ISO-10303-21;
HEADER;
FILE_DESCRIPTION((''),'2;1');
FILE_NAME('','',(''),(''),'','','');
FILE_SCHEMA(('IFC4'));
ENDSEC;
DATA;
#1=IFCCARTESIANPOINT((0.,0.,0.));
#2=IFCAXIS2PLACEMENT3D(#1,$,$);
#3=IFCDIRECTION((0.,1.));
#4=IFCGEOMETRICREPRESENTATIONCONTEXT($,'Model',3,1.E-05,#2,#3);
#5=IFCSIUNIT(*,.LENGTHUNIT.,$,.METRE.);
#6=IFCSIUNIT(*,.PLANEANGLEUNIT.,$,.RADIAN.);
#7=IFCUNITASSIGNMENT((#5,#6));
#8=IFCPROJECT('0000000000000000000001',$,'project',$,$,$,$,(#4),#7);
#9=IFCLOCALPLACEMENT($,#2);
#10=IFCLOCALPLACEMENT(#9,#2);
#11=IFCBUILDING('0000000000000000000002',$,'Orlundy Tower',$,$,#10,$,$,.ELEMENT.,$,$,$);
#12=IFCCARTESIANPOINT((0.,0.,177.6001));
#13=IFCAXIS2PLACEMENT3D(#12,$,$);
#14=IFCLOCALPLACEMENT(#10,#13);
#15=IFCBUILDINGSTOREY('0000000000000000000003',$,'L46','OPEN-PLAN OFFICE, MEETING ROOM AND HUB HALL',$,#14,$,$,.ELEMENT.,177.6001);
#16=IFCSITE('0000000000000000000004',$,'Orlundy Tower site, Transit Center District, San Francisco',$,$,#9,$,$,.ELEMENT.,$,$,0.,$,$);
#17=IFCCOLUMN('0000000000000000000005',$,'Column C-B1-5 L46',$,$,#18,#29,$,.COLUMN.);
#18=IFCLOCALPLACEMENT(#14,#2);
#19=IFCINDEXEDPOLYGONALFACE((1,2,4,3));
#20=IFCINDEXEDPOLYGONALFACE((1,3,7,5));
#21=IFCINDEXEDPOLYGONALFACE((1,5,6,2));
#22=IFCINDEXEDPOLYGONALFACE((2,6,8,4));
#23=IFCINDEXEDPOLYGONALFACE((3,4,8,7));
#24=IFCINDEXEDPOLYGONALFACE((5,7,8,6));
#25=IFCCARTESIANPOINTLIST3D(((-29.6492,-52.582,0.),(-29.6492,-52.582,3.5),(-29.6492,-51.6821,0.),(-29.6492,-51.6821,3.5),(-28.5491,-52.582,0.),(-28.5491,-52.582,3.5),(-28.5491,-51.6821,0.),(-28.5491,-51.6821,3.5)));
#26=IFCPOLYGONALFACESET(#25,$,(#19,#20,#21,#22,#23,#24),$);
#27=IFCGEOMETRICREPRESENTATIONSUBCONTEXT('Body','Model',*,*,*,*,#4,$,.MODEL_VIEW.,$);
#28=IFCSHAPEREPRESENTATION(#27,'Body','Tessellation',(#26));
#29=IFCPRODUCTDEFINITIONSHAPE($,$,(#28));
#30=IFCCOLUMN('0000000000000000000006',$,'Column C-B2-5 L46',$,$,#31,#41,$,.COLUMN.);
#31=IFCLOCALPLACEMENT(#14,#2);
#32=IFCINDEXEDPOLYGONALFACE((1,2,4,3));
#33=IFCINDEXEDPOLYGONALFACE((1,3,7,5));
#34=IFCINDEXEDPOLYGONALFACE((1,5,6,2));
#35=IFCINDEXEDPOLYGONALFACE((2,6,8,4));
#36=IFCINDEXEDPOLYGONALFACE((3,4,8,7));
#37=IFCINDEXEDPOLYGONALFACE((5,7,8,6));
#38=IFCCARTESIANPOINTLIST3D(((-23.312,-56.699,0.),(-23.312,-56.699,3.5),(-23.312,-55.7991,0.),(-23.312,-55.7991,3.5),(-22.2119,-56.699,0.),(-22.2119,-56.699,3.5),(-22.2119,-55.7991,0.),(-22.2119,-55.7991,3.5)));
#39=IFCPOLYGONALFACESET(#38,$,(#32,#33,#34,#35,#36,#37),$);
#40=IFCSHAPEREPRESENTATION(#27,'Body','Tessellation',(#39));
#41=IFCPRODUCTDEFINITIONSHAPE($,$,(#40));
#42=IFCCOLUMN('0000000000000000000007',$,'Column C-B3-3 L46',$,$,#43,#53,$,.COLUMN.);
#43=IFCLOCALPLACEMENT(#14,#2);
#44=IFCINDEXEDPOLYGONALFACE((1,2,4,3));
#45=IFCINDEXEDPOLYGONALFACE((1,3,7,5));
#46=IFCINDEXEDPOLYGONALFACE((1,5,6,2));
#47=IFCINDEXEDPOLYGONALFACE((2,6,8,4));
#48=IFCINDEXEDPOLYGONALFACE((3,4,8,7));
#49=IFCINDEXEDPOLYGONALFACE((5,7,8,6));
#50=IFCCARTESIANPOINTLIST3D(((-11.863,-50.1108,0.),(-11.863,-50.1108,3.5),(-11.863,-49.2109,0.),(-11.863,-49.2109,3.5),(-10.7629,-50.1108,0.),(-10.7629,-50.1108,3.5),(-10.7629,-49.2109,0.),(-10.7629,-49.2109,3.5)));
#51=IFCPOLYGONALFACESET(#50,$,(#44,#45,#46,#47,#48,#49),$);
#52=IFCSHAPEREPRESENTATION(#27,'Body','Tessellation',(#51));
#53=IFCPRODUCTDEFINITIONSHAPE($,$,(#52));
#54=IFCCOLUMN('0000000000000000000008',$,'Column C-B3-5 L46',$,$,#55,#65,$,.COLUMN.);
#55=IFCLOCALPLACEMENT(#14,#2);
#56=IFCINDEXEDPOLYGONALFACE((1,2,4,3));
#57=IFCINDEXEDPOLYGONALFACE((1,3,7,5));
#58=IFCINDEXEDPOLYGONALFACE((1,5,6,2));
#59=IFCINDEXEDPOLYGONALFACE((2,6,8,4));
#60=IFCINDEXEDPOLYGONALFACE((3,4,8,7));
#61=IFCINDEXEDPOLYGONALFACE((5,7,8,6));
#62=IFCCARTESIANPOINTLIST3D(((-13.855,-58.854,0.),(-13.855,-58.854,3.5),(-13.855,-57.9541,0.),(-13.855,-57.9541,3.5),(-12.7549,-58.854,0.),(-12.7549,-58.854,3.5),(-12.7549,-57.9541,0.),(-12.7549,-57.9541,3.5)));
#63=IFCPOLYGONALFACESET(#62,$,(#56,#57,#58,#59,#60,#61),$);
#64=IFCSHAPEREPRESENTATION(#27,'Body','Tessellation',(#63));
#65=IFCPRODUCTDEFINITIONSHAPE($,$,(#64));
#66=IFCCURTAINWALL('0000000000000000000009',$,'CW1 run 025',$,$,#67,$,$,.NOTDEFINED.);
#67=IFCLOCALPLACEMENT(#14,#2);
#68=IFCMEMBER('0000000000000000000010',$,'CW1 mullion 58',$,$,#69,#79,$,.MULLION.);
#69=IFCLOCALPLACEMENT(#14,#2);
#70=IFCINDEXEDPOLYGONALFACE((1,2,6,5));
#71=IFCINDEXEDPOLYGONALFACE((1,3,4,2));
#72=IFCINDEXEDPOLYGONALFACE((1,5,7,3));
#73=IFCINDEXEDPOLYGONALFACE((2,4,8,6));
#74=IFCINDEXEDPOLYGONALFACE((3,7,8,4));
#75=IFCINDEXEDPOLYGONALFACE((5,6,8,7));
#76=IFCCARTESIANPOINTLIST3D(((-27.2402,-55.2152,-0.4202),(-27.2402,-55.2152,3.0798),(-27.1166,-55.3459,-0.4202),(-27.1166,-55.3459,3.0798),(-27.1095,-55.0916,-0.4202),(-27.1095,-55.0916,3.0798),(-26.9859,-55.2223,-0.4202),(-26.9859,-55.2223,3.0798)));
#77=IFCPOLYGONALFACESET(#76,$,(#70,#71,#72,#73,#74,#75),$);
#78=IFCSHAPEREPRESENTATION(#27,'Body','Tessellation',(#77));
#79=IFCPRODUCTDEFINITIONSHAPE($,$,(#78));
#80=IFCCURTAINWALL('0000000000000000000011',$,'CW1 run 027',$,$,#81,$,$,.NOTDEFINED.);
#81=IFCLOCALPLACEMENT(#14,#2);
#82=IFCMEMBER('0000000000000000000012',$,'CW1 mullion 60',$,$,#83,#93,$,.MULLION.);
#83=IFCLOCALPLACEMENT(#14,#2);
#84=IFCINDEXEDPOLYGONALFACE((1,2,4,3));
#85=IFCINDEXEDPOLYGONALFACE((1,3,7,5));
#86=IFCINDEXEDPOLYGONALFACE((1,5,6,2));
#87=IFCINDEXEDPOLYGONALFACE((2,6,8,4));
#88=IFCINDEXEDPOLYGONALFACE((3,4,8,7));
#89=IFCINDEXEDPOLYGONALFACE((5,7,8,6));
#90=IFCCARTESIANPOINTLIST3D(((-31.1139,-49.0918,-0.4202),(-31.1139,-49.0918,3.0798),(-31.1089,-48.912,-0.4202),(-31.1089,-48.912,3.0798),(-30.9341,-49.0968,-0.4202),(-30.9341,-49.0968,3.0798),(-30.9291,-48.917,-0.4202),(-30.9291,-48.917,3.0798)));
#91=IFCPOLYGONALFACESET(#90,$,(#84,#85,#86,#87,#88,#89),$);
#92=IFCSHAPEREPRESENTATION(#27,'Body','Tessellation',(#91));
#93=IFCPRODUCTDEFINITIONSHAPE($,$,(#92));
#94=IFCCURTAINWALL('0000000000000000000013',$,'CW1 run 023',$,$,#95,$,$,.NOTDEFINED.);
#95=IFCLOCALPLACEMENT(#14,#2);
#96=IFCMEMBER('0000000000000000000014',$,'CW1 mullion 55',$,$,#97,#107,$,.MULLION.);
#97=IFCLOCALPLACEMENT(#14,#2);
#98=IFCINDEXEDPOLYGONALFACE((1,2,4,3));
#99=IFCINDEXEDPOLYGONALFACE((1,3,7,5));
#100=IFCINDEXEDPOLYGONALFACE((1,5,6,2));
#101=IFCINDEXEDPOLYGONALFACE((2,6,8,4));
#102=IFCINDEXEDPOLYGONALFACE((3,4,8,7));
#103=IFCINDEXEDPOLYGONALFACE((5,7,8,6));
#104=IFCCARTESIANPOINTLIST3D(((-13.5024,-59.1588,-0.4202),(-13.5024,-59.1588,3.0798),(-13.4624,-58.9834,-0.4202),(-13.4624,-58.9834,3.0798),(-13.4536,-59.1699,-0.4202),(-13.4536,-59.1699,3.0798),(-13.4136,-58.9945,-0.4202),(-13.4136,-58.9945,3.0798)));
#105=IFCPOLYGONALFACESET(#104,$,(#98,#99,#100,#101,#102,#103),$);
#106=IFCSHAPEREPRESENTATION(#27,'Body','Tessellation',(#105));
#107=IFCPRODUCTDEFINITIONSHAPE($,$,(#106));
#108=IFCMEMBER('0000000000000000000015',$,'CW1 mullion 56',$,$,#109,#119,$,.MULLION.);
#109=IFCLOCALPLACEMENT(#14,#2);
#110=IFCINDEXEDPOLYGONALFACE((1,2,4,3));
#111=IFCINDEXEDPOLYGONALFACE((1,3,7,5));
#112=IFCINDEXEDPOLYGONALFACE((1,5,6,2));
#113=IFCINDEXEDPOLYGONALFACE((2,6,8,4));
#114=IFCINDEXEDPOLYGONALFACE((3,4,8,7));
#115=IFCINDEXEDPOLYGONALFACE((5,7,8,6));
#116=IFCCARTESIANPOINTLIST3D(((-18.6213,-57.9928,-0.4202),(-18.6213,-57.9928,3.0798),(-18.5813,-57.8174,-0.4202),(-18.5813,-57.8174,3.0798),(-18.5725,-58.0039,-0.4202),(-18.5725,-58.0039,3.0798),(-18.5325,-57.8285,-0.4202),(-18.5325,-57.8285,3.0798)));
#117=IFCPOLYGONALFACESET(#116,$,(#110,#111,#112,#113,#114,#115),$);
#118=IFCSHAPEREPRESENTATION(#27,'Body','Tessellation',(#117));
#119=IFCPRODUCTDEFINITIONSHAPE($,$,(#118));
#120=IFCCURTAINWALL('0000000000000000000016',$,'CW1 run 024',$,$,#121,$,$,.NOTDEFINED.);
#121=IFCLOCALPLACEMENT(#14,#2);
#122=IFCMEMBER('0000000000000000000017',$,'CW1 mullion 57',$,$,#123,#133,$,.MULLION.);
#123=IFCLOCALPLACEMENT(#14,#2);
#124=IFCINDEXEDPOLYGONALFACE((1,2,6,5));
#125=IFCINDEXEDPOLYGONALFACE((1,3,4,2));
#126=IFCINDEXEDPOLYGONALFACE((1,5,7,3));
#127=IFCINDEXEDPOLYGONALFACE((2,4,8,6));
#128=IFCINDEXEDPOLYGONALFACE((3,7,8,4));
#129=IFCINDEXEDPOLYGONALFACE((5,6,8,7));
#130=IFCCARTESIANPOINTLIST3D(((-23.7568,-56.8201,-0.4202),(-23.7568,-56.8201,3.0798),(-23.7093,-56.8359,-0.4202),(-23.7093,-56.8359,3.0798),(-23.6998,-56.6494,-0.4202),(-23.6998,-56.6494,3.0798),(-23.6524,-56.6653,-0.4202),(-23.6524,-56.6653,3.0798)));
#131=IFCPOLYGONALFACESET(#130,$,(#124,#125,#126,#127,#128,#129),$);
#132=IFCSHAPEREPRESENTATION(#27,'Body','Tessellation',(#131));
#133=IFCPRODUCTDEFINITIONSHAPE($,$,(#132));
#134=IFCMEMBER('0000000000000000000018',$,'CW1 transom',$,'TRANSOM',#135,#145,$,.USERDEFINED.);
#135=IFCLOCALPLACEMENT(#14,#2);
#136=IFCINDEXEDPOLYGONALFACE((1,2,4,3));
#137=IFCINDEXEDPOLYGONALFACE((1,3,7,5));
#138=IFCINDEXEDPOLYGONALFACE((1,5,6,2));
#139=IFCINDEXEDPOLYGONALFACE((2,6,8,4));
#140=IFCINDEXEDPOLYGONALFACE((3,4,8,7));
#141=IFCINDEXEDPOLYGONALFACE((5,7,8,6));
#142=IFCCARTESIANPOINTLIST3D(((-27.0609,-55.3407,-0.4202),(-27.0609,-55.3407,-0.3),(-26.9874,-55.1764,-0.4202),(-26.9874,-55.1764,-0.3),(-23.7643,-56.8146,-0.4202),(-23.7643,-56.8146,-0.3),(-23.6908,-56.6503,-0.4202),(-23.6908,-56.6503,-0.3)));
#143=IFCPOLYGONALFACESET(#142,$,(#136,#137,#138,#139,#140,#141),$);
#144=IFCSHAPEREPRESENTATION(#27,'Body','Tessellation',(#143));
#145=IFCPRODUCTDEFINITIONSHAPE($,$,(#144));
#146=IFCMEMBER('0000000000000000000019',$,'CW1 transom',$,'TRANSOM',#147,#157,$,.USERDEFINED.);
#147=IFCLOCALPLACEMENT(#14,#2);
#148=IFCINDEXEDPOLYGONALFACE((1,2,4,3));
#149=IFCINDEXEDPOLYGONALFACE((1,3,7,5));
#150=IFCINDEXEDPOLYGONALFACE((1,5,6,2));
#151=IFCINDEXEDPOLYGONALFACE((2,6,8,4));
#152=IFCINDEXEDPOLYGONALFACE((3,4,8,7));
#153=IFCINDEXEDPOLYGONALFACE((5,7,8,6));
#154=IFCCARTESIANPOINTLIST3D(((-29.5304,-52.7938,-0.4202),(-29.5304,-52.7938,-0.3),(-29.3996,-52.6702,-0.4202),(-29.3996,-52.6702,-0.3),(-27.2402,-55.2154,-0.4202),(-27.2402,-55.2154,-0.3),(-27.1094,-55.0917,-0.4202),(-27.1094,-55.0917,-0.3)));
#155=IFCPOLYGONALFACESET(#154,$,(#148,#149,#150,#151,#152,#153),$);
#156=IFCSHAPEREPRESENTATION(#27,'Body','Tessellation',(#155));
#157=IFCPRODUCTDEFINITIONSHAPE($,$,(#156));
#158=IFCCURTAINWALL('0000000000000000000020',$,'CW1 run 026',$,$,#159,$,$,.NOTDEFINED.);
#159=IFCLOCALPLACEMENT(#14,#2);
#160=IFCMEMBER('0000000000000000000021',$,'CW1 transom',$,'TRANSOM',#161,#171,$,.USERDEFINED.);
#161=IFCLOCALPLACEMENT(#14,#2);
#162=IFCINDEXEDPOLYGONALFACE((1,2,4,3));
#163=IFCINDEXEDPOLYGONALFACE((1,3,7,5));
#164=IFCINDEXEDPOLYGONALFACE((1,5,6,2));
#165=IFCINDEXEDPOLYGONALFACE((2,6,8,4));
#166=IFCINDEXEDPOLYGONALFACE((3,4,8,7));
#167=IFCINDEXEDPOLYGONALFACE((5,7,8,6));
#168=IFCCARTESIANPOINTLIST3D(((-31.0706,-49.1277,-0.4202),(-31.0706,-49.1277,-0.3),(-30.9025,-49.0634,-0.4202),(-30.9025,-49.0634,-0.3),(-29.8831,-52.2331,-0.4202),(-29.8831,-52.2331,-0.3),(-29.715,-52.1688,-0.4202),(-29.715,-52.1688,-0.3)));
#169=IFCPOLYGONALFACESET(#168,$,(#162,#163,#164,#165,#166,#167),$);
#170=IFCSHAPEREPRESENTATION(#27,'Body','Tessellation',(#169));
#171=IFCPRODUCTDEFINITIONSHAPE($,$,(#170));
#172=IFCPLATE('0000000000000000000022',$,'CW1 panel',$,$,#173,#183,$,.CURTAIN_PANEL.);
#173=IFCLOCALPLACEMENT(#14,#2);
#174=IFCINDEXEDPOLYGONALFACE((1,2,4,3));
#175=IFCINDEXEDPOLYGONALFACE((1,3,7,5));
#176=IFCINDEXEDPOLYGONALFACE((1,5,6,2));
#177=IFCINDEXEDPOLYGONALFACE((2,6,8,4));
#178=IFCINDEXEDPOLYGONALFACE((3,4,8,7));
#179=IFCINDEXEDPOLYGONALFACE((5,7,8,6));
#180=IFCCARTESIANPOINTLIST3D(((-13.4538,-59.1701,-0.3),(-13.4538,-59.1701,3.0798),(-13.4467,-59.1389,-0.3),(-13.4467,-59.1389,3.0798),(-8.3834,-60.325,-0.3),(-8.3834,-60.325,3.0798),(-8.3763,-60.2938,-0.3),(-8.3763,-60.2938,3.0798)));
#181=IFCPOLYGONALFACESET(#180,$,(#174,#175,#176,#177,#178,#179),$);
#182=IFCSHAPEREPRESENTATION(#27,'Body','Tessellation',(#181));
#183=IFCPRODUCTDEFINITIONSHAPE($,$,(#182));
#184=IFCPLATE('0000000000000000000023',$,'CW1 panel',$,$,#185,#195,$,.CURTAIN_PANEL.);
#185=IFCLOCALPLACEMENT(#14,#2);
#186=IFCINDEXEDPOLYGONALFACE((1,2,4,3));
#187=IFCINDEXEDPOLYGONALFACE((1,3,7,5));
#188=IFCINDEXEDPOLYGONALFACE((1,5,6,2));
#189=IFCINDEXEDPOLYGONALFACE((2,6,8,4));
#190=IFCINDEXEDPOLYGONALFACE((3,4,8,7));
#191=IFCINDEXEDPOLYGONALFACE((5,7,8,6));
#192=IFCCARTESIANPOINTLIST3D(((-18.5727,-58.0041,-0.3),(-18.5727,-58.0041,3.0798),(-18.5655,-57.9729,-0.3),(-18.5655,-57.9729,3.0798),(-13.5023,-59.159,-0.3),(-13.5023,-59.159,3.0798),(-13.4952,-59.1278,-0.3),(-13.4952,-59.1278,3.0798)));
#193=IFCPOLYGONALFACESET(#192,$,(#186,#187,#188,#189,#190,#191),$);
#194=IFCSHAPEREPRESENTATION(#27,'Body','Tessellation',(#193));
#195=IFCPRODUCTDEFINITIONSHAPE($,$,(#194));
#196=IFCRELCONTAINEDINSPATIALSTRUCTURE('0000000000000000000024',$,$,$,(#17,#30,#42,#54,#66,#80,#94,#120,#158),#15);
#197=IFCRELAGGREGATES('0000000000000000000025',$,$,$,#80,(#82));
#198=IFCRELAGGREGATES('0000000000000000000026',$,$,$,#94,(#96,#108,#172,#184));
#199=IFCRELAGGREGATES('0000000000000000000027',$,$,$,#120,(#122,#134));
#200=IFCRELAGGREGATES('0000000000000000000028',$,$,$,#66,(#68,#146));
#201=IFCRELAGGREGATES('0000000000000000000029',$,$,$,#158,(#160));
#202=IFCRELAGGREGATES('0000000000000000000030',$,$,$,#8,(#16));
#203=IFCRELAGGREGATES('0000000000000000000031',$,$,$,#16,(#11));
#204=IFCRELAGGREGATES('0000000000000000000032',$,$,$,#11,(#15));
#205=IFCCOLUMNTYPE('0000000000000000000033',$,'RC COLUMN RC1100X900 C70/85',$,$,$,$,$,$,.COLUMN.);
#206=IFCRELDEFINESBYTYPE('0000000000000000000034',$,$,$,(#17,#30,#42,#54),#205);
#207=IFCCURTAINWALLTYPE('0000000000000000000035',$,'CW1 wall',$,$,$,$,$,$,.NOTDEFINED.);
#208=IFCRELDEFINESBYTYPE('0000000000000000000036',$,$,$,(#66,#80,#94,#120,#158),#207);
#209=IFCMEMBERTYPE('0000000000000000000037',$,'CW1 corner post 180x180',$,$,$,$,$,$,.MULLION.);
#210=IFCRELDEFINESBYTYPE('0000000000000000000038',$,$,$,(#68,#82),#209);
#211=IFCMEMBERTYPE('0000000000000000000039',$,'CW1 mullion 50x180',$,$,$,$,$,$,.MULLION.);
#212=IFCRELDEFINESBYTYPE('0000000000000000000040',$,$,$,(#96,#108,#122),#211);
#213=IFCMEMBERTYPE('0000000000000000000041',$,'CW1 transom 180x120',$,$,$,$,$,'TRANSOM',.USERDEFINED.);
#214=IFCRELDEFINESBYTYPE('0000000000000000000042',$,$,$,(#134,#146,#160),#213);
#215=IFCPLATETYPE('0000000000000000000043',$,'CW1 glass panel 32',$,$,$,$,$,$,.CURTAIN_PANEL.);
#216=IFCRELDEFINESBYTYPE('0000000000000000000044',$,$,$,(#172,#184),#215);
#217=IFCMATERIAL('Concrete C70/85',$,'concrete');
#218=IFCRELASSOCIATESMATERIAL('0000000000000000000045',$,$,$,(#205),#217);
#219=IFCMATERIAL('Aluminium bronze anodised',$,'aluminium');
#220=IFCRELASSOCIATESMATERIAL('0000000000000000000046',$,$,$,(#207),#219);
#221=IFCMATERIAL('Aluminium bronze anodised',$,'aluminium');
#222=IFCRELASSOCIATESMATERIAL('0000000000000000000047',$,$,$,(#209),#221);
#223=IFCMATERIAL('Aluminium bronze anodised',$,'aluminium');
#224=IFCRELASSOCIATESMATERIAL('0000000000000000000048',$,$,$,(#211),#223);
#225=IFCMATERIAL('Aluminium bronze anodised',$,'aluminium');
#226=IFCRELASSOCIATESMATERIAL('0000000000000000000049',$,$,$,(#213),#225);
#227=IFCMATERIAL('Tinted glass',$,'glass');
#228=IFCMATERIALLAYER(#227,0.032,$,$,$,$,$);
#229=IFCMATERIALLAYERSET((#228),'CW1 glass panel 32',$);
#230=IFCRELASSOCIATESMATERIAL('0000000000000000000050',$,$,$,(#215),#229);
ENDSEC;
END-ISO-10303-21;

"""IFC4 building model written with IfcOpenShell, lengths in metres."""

from ifc_helpers import new_model, si_unit, direction, frame, origin, origin_2d, place, context, subcontext, project, spatial, rectangle, extrude, material, layer, layer_set, material_profile, profile_set, type_object, element, aggregate, save


model = new_model("IFC4")

# Units and contexts
model_context = context("Model", 3, precision=1e-05, world=origin(), true_north=direction((0.0, 1.0)))
body_context = subcontext(model_context, "Body", "Model", "MODEL_VIEW")
ifc_project = project(units=[si_unit("LENGTHUNIT", "METRE"), si_unit("PLANEANGLEUNIT", "RADIAN")], contexts=[model_context])

# Site, building, storey
site_placement = place(None, origin())
site = spatial("IfcSite", under=ifc_project, at=site_placement, Name="Orlundy Tower site, Transit Center District, San Francisco", CompositionType="ELEMENT", RefElevation=0.0)
building_placement = place(site_placement, origin())
building = spatial("IfcBuilding", under=site, at=building_placement, Name="Orlundy Tower", CompositionType="ELEMENT")
storey_placement = place(building_placement, frame((0.0, 0.0, 177.6001)))
storey = spatial("IfcBuildingStorey", under=building, at=storey_placement, Name="L46", Description="OPEN-PLAN OFFICE, MEETING ROOM AND HUB HALL", CompositionType="ELEMENT", Elevation=177.6001)

# Columns
ifc_material_1 = material(Name="Concrete C70/85", Category="concrete")
ifc_material_profile_1 = material_profile(ifc_material_1, rectangle(XDim=1.1001, YDim=0.8999, at=origin_2d()), Name="RC1100X900")
ifc_profile_set_1 = profile_set([ifc_material_profile_1], Name="Concrete C70/85")
column_type = type_object("IfcColumnType", Name="RC COLUMN RC1100X900 C70/85", PredefinedType="COLUMN", material=ifc_profile_set_1)
for number, where, z_axis, x_axis, name in (
    (1, (-29.0991, -52.1321, 0.0), (0.0, 0.0, 1.0), (1.0, 0.0, 0.0), "Column C-B1-5 L46"),
    (2, (-22.762, -56.249, 0.0), (0.0, 0.0, 1.0), (1.0, 0.0, 0.0), "Column C-B2-5 L46"),
    (3, (-11.313, -49.6609, 0.0), (0.0, 0.0, 1.0), (1.0, 0.0, 0.0), "Column C-B3-3 L46"),
    (4, (-13.3049, -58.4041, 0.0), (0.0, 0.0, 1.0), (1.0, 0.0, 0.0), "Column C-B3-5 L46"),
):
    element("IfcColumn", number, at=place(storey_placement, frame(where, z_axis=z_axis, x_axis=x_axis)), inside=storey, type_object=column_type, Name=name, PredefinedType="COLUMN", context=body_context, shape_type="SweptSolid", body=[
        extrude(rectangle(XDim=1.1001, YDim=0.8999, at=origin_2d()), origin(), (0.0, 0.0, 1.0), 3.5),
    ])

# Curtain walls, members
ifc_material_2 = material(Name="Aluminium bronze anodised", Category="aluminium")
curtain_wall_type = type_object("IfcCurtainWallType", Name="CW1 wall", PredefinedType="NOTDEFINED", material=ifc_material_2)
curtain_wall_1_placement = place(storey_placement, origin())
curtain_wall_1 = element("IfcCurtainWall", 5, at=curtain_wall_1_placement, inside=storey, type_object=curtain_wall_type, Name="CW1 run 025", PredefinedType="NOTDEFINED")
ifc_material_3 = material(Name="Aluminium bronze anodised", Category="aluminium")
ifc_material_profile_2 = material_profile(ifc_material_3, rectangle(XDim=0.1799, YDim=0.1799, at=origin_2d()), Name="CW1 corner post 180x180")
ifc_profile_set_2 = profile_set([ifc_material_profile_2], Name="Aluminium bronze anodised")
member_type_1 = type_object("IfcMemberType", Name="CW1 corner post 180x180", PredefinedType="MULLION", material=ifc_profile_set_2)
member_1_placement = place(storey_placement, frame((-27.113, -55.2188, -0.4202), z_axis=(0.0, 0.0, 1.0), x_axis=(-0.726527, -0.687138, 0.0)))
member_1 = element("IfcMember", 6, at=member_1_placement, type_object=member_type_1, Name="CW1 mullion 58", PredefinedType="MULLION", context=body_context, shape_type="SweptSolid", body=[
    extrude(rectangle(XDim=0.1799, YDim=0.1799, at=origin_2d()), origin(), (0.0, 0.0, 1.0), 3.5),
])
curtain_wall_2_placement = place(storey_placement, origin())
curtain_wall_2 = element("IfcCurtainWall", 7, at=curtain_wall_2_placement, inside=storey, type_object=curtain_wall_type, Name="CW1 run 027", PredefinedType="NOTDEFINED")
member_2_placement = place(storey_placement, frame((-31.0215, -49.0044, -0.4202), z_axis=(0.0, 0.0, 1.0), x_axis=(-0.999614, 0.02779, 0.0)))
member_2 = element("IfcMember", 8, at=member_2_placement, type_object=member_type_1, Name="CW1 mullion 60", PredefinedType="MULLION", context=body_context, shape_type="SweptSolid", body=[
    extrude(rectangle(XDim=0.1799, YDim=0.1799, at=origin_2d()), origin(), (0.0, 0.0, 1.0), 3.5),
])
aggregate(curtain_wall_2, [member_2])

# Curtain walls, members
curtain_wall_3_placement = place(storey_placement, origin())
curtain_wall_3 = element("IfcCurtainWall", 9, at=curtain_wall_3_placement, inside=storey, type_object=curtain_wall_type, Name="CW1 run 023", PredefinedType="NOTDEFINED")
ifc_material_4 = material(Name="Aluminium bronze anodised", Category="aluminium")
ifc_material_profile_3 = material_profile(ifc_material_4, rectangle(XDim=0.1799, YDim=0.05, at=origin_2d()), Name="CW1 mullion 50x180")
ifc_profile_set_3 = profile_set([ifc_material_profile_3], Name="Aluminium bronze anodised")
member_type_2 = type_object("IfcMemberType", Name="CW1 mullion 50x180", PredefinedType="MULLION", material=ifc_profile_set_3)
member_3_placement = place(storey_placement, frame((-13.458, -59.0767, -0.4202), z_axis=(0.0, 0.0, 1.0), x_axis=(-0.22209, -0.975026, 0.0)))
member_3 = element("IfcMember", 10, at=member_3_placement, type_object=member_type_2, Name="CW1 mullion 55", PredefinedType="MULLION", context=body_context, shape_type="SweptSolid", body=[
    extrude(rectangle(XDim=0.1799, YDim=0.05, at=origin_2d()), origin(), (0.0, 0.0, 1.0), 3.5),
])
member_4_placement = place(storey_placement, frame((-18.5769, -57.9106, -0.4202), z_axis=(0.0, 0.0, 1.0), x_axis=(-0.22209, -0.975026, 0.0)))
member_4 = element("IfcMember", 11, at=member_4_placement, type_object=member_type_2, Name="CW1 mullion 56", PredefinedType="MULLION", context=body_context, shape_type="SweptSolid", body=[
    extrude(rectangle(XDim=0.1799, YDim=0.05, at=origin_2d()), origin(), (0.0, 0.0, 1.0), 3.5),
])
curtain_wall_4_placement = place(storey_placement, origin())
curtain_wall_4 = element("IfcCurtainWall", 12, at=curtain_wall_4_placement, inside=storey, type_object=curtain_wall_type, Name="CW1 run 024", PredefinedType="NOTDEFINED")
member_5_placement = place(storey_placement, frame((-23.7046, -56.7427, -0.4202), z_axis=(0.0, 0.0, 1.0), x_axis=(-0.316655, -0.948541, 0.0)))
member_5 = element("IfcMember", 13, at=member_5_placement, type_object=member_type_2, Name="CW1 mullion 57", PredefinedType="MULLION", context=body_context, shape_type="SweptSolid", body=[
    extrude(rectangle(XDim=0.1799, YDim=0.05, at=origin_2d()), origin(), (0.0, 0.0, 1.0), 3.5),
])
ifc_material_5 = material(Name="Aluminium bronze anodised", Category="aluminium")
ifc_material_profile_4 = material_profile(ifc_material_5, rectangle(XDim=0.1799, YDim=0.1201, at=origin_2d()), Name="CW1 transom 180x120")
ifc_profile_set_4 = profile_set([ifc_material_profile_4], Name="Aluminium bronze anodised")
member_type_3 = type_object("IfcMemberType", Name="CW1 transom 180x120", ElementType="TRANSOM", PredefinedType="USERDEFINED", material=ifc_profile_set_4)
member_6_placement = place(storey_placement, frame((-23.7275, -56.7324, -0.3601), z_axis=(-0.912914, 0.408151, 0.0), x_axis=(-0.408151, -0.912914, 0.0)))
member_6 = element("IfcMember", 14, at=member_6_placement, type_object=member_type_3, Name="CW1 transom", ObjectType="TRANSOM", PredefinedType="USERDEFINED", context=body_context, shape_type="SweptSolid", body=[
    extrude(rectangle(XDim=0.1799, YDim=0.1201, at=origin_2d()), origin(), (0.0, 0.0, 1.0), 3.6111),
])

# Member
member_7_placement = place(storey_placement, frame((-27.1748, -55.1536, -0.3601), z_axis=(-0.687129, 0.726536, 0.0), x_axis=(-0.726536, -0.687129, 0.0)))
member_7 = element("IfcMember", 15, at=member_7_placement, type_object=member_type_3, Name="CW1 transom", ObjectType="TRANSOM", PredefinedType="USERDEFINED", context=body_context, shape_type="SweptSolid", body=[
    extrude(rectangle(XDim=0.1799, YDim=0.1201, at=origin_2d()), origin(), (0.0, 0.0, 1.0), 3.333),
])

# Curtain wall, member
curtain_wall_5_placement = place(storey_placement, origin())
curtain_wall_5 = element("IfcCurtainWall", 16, at=curtain_wall_5_placement, inside=storey, type_object=curtain_wall_type, Name="CW1 run 026", PredefinedType="NOTDEFINED")
member_8_placement = place(storey_placement, frame((-29.7991, -52.2009, -0.3601), z_axis=(-0.357168, 0.93404, 0.0), x_axis=(-0.93404, -0.357168, 0.0)))
member_8 = element("IfcMember", 17, at=member_8_placement, type_object=member_type_3, Name="CW1 transom", ObjectType="TRANSOM", PredefinedType="USERDEFINED", context=body_context, shape_type="SweptSolid", body=[
    extrude(rectangle(XDim=0.1799, YDim=0.1201, at=origin_2d()), origin(), (0.0, 0.0, 1.0), 3.3247),
])

# Plates
ifc_material_6 = material(Name="Tinted glass", Category="glass")
ifc_layer_1 = layer(ifc_material_6, 0.032)
ifc_layer_set_1 = layer_set([ifc_layer_1], Name="CW1 glass panel 32")
plate_type = type_object("IfcPlateType", Name="CW1 glass panel 32", PredefinedType="CURTAIN_PANEL", material=ifc_layer_set_1)
plate_1_placement = place(storey_placement, frame((-10.915, -59.7319, -0.3), z_axis=(0.0, 0.0, 1.0), x_axis=(-0.975026, 0.22209, 0.0)))
plate_1 = element("IfcPlate", 18, at=plate_1_placement, type_object=plate_type, Name="CW1 panel", PredefinedType="CURTAIN_PANEL", context=body_context, shape_type="SweptSolid", body=[
    extrude(rectangle(XDim=5.2002, YDim=0.032, at=origin_2d()), origin(), (0.0, 0.0, 1.0), 3.3799),
])
plate_2_placement = place(storey_placement, frame((-16.0339, -58.5659, -0.3), z_axis=(0.0, 0.0, 1.0), x_axis=(-0.975026, 0.22209, 0.0)))
plate_2 = element("IfcPlate", 19, at=plate_2_placement, type_object=plate_type, Name="CW1 panel", PredefinedType="CURTAIN_PANEL", context=body_context, shape_type="SweptSolid", body=[
    extrude(rectangle(XDim=5.2002, YDim=0.032, at=origin_2d()), origin(), (0.0, 0.0, 1.0), 3.3799),
])
aggregate(curtain_wall_3, [member_3, member_4, plate_1, plate_2])
aggregate(curtain_wall_4, [member_5, member_6])
aggregate(curtain_wall_1, [member_1, member_7])
aggregate(curtain_wall_5, [member_8])

save(model, "model.ifc")
